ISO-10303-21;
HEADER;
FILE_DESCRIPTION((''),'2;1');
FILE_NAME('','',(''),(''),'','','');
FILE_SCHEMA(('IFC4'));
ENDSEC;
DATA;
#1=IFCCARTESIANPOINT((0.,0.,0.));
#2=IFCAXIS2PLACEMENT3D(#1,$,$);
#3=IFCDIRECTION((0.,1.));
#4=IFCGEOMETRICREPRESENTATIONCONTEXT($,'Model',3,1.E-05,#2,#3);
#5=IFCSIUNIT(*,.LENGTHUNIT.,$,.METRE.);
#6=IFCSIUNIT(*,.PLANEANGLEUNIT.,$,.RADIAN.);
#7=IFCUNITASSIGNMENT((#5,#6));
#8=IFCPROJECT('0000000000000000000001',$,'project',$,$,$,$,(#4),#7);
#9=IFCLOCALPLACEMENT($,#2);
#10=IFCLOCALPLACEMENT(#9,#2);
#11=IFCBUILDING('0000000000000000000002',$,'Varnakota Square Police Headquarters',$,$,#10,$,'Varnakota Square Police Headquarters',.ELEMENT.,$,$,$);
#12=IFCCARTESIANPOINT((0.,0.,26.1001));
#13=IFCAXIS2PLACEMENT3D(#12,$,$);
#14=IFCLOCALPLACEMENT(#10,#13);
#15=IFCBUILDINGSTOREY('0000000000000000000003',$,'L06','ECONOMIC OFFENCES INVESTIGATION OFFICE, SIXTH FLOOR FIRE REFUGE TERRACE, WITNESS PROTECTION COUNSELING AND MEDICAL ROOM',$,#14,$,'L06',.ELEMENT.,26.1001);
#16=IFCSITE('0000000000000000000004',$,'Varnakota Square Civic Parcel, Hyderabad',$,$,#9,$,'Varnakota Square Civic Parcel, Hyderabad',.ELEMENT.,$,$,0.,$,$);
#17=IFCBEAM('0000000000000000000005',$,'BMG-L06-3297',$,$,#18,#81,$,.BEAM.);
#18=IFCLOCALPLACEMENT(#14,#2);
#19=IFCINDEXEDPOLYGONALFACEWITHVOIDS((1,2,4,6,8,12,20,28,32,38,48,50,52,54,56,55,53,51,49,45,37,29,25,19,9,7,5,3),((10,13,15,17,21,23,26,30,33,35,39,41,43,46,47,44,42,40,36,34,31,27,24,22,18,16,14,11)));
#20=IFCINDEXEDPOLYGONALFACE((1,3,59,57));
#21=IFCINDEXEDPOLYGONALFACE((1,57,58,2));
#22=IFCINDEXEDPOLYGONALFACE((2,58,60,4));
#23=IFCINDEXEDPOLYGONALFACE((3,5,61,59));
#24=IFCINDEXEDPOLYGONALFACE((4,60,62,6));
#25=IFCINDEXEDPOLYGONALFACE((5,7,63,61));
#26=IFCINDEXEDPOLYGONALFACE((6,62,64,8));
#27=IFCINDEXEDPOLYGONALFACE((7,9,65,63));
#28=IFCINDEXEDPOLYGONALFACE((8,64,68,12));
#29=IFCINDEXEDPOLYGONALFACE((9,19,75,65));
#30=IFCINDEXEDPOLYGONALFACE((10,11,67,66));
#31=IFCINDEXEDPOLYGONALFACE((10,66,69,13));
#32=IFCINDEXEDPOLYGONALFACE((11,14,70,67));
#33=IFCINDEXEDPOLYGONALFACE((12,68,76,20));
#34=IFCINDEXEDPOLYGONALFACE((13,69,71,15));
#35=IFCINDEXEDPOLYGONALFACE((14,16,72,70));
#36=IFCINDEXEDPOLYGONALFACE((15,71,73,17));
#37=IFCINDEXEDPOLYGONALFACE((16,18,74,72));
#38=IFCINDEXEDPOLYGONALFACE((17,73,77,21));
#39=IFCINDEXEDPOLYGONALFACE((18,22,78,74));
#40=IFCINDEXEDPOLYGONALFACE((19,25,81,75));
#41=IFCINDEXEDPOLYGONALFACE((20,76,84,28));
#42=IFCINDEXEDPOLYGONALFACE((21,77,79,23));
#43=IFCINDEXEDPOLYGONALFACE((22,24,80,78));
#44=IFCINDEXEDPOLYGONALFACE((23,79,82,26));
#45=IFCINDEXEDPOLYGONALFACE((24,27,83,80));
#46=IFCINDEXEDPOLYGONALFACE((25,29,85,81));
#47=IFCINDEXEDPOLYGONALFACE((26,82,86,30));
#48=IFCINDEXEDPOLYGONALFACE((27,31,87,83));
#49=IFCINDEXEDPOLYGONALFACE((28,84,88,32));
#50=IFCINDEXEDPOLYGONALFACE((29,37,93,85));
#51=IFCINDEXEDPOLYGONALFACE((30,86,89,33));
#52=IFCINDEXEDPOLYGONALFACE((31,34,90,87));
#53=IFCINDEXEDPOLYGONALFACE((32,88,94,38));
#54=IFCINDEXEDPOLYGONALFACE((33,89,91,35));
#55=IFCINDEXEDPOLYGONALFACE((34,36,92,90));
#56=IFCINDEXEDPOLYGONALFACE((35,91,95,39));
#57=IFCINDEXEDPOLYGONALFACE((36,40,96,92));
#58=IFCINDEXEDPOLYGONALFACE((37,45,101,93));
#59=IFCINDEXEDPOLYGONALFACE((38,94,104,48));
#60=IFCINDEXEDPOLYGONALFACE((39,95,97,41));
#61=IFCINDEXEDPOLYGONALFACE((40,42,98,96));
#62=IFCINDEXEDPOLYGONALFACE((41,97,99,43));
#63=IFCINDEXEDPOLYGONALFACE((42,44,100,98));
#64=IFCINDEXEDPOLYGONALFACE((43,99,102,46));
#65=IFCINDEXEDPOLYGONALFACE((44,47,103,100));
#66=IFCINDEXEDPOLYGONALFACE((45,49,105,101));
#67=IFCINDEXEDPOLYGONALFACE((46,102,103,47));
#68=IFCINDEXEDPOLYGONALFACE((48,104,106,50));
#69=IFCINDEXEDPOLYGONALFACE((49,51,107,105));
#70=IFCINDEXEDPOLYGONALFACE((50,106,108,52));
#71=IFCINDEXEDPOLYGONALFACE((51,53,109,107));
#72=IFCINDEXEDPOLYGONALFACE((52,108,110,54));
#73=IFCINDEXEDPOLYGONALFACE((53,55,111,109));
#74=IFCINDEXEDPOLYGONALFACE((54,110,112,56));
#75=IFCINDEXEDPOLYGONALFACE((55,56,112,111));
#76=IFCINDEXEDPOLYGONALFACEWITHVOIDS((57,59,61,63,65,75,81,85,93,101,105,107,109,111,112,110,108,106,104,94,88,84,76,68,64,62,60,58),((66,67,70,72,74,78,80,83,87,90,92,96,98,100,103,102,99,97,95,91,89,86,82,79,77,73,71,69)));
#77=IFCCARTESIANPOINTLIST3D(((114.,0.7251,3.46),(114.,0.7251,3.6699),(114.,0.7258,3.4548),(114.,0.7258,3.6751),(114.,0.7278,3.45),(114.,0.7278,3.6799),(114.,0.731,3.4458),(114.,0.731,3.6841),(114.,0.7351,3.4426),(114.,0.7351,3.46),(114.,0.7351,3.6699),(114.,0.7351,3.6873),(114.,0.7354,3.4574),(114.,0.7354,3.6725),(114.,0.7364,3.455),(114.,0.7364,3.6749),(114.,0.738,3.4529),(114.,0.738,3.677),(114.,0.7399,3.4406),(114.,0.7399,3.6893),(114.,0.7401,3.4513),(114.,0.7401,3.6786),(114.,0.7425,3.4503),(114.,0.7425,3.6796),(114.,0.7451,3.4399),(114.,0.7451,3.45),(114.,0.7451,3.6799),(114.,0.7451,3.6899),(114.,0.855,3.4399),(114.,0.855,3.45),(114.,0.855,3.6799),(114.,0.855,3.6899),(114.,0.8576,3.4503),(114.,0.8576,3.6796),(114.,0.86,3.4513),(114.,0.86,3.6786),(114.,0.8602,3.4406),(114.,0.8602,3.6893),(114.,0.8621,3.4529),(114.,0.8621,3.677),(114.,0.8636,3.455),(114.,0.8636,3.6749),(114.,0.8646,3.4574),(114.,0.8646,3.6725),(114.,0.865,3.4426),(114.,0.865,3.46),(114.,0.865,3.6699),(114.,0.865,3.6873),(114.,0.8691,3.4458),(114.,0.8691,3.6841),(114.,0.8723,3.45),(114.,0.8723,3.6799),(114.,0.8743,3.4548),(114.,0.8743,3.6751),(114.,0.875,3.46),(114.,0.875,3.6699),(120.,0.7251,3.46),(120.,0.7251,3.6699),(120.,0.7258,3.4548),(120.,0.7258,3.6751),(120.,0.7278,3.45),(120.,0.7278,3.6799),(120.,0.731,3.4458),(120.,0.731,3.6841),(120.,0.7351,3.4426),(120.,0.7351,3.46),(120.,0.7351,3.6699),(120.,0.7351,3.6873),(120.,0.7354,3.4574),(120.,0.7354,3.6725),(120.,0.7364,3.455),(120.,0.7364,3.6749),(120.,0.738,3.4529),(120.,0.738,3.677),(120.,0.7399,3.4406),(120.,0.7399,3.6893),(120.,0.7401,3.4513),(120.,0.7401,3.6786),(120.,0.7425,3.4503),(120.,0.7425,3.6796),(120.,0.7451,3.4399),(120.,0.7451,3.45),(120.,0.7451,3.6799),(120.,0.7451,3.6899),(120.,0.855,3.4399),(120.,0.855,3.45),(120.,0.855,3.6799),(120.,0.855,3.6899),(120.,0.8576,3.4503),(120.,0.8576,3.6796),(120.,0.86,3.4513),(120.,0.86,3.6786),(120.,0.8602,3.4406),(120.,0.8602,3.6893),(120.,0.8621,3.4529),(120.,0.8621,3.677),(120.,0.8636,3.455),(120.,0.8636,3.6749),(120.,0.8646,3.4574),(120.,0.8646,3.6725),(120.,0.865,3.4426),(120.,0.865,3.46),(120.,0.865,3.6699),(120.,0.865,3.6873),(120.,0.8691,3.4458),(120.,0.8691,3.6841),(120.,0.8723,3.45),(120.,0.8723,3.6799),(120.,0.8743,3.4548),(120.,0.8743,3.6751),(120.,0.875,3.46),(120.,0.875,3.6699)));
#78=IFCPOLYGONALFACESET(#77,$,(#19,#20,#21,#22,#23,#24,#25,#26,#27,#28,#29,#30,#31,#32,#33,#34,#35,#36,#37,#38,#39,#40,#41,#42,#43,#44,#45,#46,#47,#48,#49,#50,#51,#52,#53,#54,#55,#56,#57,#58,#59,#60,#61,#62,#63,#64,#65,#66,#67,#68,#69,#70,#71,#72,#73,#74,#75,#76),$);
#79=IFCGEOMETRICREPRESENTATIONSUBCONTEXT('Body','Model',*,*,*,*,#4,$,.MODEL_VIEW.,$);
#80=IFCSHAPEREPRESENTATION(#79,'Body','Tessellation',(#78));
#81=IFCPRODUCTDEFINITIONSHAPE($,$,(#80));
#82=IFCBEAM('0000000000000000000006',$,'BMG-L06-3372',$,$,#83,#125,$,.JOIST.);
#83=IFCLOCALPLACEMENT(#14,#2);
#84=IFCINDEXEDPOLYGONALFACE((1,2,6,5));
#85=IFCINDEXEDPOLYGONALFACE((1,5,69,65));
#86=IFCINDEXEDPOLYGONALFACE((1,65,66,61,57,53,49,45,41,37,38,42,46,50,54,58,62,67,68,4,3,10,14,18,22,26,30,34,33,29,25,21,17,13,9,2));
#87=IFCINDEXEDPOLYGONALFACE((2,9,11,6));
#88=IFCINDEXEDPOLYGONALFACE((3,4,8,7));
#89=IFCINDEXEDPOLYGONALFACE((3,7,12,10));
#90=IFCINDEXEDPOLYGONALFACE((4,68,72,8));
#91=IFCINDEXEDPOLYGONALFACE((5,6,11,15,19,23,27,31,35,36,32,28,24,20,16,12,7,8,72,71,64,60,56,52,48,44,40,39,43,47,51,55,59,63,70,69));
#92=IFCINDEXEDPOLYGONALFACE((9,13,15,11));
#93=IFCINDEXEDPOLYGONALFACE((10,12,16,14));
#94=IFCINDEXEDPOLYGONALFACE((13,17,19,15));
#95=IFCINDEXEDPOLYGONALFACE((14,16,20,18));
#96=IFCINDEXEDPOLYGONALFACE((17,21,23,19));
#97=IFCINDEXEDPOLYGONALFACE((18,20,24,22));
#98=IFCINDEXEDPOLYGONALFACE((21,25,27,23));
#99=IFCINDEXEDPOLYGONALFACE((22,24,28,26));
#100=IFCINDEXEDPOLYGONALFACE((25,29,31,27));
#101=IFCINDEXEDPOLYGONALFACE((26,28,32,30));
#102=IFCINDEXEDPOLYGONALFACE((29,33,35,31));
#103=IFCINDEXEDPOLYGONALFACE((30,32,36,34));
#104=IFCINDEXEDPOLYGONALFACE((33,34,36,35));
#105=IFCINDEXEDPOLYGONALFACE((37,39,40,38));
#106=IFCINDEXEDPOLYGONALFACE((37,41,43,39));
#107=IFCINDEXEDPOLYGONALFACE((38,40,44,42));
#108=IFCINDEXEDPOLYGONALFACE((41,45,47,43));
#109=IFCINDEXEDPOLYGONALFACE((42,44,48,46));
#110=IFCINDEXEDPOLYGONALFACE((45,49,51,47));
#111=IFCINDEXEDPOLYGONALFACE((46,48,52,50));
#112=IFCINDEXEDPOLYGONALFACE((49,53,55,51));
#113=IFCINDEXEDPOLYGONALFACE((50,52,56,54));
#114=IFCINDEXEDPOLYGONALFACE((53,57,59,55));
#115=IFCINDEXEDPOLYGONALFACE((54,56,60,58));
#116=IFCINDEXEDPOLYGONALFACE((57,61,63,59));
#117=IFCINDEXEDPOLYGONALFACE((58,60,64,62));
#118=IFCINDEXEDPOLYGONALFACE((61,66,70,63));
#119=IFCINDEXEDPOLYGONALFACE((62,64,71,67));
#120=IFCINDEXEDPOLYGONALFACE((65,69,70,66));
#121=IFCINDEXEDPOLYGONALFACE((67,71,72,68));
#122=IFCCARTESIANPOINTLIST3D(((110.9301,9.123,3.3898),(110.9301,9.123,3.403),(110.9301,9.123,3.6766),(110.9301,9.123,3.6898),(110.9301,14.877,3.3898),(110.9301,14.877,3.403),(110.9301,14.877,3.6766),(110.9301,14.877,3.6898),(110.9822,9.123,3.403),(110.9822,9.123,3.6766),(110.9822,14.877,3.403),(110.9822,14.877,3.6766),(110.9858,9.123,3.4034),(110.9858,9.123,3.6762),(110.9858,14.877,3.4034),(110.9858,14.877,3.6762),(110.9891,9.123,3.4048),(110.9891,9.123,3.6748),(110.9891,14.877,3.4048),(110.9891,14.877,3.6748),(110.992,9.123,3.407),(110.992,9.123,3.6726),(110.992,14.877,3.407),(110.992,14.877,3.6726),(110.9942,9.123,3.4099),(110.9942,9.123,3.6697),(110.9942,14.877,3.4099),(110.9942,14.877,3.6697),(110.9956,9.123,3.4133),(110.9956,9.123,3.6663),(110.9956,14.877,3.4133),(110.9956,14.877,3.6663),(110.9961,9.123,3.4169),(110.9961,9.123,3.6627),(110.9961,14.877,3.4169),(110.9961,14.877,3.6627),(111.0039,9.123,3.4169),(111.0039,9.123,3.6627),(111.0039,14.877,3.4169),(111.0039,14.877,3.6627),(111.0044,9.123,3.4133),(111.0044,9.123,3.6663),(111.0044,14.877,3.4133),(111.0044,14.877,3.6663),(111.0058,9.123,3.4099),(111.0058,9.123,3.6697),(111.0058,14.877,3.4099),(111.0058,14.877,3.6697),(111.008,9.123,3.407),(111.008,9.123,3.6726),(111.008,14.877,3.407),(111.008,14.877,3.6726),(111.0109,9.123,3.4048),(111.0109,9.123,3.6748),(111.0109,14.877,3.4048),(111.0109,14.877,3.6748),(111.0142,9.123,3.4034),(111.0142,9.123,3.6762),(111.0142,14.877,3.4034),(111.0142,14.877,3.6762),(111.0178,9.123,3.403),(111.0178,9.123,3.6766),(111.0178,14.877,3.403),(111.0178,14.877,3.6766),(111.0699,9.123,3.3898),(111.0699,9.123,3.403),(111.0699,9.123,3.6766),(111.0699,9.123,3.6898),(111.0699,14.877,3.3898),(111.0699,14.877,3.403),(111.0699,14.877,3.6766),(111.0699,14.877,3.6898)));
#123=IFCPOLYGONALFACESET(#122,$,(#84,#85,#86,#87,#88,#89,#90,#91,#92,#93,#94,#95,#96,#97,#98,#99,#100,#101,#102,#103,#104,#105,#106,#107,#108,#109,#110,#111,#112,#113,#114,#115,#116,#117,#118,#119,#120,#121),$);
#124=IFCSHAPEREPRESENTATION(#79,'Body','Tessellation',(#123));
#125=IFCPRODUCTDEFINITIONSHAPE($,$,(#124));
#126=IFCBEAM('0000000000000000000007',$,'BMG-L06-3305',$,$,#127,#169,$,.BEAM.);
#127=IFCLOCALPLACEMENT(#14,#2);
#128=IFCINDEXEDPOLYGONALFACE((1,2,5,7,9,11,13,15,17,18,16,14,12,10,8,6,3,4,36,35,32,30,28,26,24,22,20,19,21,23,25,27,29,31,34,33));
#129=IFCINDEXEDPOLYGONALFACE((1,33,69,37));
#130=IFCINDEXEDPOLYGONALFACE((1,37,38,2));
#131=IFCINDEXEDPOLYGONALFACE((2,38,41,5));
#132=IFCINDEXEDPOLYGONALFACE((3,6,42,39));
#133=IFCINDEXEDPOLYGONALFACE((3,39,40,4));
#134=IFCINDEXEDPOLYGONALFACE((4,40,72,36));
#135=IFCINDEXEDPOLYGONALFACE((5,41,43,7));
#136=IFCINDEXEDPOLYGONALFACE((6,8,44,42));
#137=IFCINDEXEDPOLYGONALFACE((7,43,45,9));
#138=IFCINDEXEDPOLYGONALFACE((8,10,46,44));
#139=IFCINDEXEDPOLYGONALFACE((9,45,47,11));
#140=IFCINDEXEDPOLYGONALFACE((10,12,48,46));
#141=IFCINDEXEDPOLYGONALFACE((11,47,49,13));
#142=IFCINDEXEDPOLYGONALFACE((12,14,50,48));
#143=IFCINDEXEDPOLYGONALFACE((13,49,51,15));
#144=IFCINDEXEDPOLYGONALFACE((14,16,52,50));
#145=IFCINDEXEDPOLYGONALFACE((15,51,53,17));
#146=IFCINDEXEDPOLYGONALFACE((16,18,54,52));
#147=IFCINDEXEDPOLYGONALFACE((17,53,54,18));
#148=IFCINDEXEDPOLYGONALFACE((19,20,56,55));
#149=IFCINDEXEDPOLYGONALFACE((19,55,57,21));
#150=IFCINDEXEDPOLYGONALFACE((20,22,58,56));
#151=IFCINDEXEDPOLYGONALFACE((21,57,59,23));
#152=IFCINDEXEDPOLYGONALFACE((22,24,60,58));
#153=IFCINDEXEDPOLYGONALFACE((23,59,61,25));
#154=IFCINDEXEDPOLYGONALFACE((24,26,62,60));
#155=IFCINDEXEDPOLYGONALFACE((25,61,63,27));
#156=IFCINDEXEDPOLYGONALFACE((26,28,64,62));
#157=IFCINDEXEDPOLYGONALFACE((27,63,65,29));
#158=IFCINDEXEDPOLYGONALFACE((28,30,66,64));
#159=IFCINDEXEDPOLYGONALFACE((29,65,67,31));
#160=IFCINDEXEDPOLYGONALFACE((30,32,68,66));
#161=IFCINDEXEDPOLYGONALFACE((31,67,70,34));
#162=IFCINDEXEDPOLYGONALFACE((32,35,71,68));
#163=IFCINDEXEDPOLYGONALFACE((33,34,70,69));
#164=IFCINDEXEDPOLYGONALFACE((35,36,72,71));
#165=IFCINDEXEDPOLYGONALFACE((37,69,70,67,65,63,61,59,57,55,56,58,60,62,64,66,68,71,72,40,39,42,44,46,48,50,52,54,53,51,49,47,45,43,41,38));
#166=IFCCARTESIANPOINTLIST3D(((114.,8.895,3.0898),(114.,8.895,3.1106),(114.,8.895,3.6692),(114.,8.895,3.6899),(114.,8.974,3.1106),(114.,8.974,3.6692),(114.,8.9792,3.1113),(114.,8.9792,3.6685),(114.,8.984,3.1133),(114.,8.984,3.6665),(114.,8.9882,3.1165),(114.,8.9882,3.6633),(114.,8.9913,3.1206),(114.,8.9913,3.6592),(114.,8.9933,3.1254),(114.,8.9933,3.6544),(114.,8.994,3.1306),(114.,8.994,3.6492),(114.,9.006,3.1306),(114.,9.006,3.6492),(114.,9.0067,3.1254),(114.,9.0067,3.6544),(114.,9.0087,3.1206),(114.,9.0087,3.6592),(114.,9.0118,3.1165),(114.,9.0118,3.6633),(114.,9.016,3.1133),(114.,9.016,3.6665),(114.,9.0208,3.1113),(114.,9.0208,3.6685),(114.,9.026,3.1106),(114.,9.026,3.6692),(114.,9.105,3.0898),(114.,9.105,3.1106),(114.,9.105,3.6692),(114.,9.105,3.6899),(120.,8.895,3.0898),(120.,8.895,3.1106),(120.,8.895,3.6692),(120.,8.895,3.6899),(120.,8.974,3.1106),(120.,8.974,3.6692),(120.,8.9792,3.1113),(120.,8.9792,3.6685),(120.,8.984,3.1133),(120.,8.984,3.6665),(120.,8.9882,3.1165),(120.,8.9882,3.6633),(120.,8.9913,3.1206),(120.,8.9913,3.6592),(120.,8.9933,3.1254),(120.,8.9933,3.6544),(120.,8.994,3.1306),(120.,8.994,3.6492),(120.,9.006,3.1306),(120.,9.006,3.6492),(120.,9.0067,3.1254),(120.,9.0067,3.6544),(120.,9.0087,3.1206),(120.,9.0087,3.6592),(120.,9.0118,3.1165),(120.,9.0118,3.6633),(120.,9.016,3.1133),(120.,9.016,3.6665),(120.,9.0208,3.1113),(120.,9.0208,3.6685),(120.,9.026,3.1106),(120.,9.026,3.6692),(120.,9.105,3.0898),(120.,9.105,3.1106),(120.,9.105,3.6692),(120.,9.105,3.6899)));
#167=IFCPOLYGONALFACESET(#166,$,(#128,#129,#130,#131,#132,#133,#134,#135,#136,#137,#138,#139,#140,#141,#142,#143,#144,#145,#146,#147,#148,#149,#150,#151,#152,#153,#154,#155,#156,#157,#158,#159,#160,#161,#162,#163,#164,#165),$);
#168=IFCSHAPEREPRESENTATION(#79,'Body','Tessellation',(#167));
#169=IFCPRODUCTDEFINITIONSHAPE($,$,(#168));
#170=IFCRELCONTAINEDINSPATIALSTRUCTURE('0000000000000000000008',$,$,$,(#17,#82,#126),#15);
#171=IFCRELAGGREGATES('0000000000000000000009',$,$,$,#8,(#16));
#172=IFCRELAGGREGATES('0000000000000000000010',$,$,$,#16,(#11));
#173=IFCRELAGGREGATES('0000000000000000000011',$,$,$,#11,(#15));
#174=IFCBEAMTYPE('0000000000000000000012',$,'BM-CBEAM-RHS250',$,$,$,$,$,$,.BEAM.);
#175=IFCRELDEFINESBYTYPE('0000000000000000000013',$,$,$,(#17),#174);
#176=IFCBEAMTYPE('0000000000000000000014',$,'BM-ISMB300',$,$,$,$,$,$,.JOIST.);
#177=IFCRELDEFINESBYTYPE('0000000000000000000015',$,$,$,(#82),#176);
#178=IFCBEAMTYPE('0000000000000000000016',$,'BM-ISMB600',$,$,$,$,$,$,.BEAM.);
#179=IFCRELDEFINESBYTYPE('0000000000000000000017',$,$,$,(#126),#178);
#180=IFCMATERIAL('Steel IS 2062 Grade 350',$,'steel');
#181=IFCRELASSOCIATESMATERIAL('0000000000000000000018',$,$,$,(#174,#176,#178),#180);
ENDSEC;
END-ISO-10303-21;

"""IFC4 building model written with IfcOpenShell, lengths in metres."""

from ifc_helpers import new_model, si_unit, direction, frame, origin, origin_2d, place, context, subcontext, project, spatial, hollow_rectangle, i_section, extrude, material, material_profile, profile_set, type_object, element, save


model = new_model("IFC4")

# Units and contexts
model_context = context("Model", 3, precision=1e-05, world=origin(), true_north=direction((0.0, 1.0)))
body_context = subcontext(model_context, "Body", "Model", "MODEL_VIEW")
ifc_project = project(units=[si_unit("LENGTHUNIT", "METRE"), si_unit("PLANEANGLEUNIT", "RADIAN")], contexts=[model_context])

# Site, building, storey
site_placement = place(None, origin())
site = spatial("IfcSite", under=ifc_project, at=site_placement, Name="Varnakota Square Civic Parcel, Hyderabad", LongName="Varnakota Square Civic Parcel, Hyderabad", CompositionType="ELEMENT", RefElevation=0.0)
building_placement = place(site_placement, origin())
building = spatial("IfcBuilding", under=site, at=building_placement, Name="Varnakota Square Police Headquarters", LongName="Varnakota Square Police Headquarters", CompositionType="ELEMENT")
storey_placement = place(building_placement, frame((0.0, 0.0, 26.1001)))
storey = spatial("IfcBuildingStorey", under=building, at=storey_placement, Name="L06", Description="ECONOMIC OFFENCES INVESTIGATION OFFICE, SIXTH FLOOR FIRE REFUGE TERRACE, WITNESS PROTECTION COUNSELING AND MEDICAL ROOM", LongName="L06", CompositionType="ELEMENT", Elevation=26.1001)

# Shared definitions
ifc_material_1 = material(Name="Steel IS 2062 Grade 350", Category="steel")

# Beams
ifc_material_profile_1 = material_profile(ifc_material_1, hollow_rectangle(XDim=0.1499, YDim=0.25, WallThickness=0.01, InnerFilletRadius=0.01, OuterFilletRadius=0.02, at=origin_2d()), Name="RHS 250x150x10")
ifc_profile_set_1 = profile_set([ifc_material_profile_1], Name="Steel IS 2062 Grade 350")
beam_type_1 = type_object("IfcBeamType", Name="BM-CBEAM-RHS250", PredefinedType="BEAM", material=ifc_profile_set_1)
beam_1_placement = place(storey_placement, frame((114.0, 0.8, 3.5649), z_axis=(1.0, 0.0, 0.0), x_axis=(0.0, 1.0, 0.0)))
element("IfcBeam", 1, at=beam_1_placement, inside=storey, type_object=beam_type_1, Name="BMG-L06-3297", PredefinedType="BEAM", context=body_context, shape_type="SweptSolid", body=[
    extrude(hollow_rectangle(XDim=0.1499, YDim=0.25, WallThickness=0.01, InnerFilletRadius=0.01, OuterFilletRadius=0.02, at=origin_2d()), origin(), (0.0, 0.0, 1.0), 6.0),
])
ifc_material_profile_2 = material_profile(ifc_material_1, i_section(OverallWidth=0.1399, OverallDepth=0.3, WebThickness=0.0078, FlangeThickness=0.0132, FilletRadius=0.0139, at=origin_2d()), Name="ISMB 300")
ifc_profile_set_2 = profile_set([ifc_material_profile_2], Name="Steel IS 2062 Grade 350")
beam_type_2 = type_object("IfcBeamType", Name="BM-ISMB300", PredefinedType="JOIST", material=ifc_profile_set_2)
beam_2_placement = place(storey_placement, frame((111.0, 9.123, 3.5398), z_axis=(0.0, 1.0, 0.0), x_axis=(-1.0, 0.0, 0.0)))
element("IfcBeam", 2, at=beam_2_placement, inside=storey, type_object=beam_type_2, Name="BMG-L06-3372", PredefinedType="JOIST", context=body_context, shape_type="SweptSolid", body=[
    extrude(i_section(OverallWidth=0.1399, OverallDepth=0.3, WebThickness=0.0078, FlangeThickness=0.0132, FilletRadius=0.0139, at=origin_2d()), origin(), (0.0, 0.0, 1.0), 5.7539),
])
ifc_material_profile_3 = material_profile(ifc_material_1, i_section(OverallWidth=0.21, OverallDepth=0.6001, WebThickness=0.012, FlangeThickness=0.0208, FilletRadius=0.02, at=origin_2d()), Name="ISMB 600")
ifc_profile_set_3 = profile_set([ifc_material_profile_3], Name="Steel IS 2062 Grade 350")
beam_type_3 = type_object("IfcBeamType", Name="BM-ISMB600", PredefinedType="BEAM", material=ifc_profile_set_3)
beam_3_placement = place(storey_placement, frame((114.0, 9.0, 3.3899), z_axis=(1.0, 0.0, 0.0), x_axis=(0.0, 1.0, 0.0)))
element("IfcBeam", 3, at=beam_3_placement, inside=storey, type_object=beam_type_3, Name="BMG-L06-3305", PredefinedType="BEAM", context=body_context, shape_type="SweptSolid", body=[
    extrude(i_section(OverallWidth=0.21, OverallDepth=0.6001, WebThickness=0.012, FlangeThickness=0.0208, FilletRadius=0.02, at=origin_2d()), origin(), (0.0, 0.0, 1.0), 6.0),
])

save(model, "model.ifc")
